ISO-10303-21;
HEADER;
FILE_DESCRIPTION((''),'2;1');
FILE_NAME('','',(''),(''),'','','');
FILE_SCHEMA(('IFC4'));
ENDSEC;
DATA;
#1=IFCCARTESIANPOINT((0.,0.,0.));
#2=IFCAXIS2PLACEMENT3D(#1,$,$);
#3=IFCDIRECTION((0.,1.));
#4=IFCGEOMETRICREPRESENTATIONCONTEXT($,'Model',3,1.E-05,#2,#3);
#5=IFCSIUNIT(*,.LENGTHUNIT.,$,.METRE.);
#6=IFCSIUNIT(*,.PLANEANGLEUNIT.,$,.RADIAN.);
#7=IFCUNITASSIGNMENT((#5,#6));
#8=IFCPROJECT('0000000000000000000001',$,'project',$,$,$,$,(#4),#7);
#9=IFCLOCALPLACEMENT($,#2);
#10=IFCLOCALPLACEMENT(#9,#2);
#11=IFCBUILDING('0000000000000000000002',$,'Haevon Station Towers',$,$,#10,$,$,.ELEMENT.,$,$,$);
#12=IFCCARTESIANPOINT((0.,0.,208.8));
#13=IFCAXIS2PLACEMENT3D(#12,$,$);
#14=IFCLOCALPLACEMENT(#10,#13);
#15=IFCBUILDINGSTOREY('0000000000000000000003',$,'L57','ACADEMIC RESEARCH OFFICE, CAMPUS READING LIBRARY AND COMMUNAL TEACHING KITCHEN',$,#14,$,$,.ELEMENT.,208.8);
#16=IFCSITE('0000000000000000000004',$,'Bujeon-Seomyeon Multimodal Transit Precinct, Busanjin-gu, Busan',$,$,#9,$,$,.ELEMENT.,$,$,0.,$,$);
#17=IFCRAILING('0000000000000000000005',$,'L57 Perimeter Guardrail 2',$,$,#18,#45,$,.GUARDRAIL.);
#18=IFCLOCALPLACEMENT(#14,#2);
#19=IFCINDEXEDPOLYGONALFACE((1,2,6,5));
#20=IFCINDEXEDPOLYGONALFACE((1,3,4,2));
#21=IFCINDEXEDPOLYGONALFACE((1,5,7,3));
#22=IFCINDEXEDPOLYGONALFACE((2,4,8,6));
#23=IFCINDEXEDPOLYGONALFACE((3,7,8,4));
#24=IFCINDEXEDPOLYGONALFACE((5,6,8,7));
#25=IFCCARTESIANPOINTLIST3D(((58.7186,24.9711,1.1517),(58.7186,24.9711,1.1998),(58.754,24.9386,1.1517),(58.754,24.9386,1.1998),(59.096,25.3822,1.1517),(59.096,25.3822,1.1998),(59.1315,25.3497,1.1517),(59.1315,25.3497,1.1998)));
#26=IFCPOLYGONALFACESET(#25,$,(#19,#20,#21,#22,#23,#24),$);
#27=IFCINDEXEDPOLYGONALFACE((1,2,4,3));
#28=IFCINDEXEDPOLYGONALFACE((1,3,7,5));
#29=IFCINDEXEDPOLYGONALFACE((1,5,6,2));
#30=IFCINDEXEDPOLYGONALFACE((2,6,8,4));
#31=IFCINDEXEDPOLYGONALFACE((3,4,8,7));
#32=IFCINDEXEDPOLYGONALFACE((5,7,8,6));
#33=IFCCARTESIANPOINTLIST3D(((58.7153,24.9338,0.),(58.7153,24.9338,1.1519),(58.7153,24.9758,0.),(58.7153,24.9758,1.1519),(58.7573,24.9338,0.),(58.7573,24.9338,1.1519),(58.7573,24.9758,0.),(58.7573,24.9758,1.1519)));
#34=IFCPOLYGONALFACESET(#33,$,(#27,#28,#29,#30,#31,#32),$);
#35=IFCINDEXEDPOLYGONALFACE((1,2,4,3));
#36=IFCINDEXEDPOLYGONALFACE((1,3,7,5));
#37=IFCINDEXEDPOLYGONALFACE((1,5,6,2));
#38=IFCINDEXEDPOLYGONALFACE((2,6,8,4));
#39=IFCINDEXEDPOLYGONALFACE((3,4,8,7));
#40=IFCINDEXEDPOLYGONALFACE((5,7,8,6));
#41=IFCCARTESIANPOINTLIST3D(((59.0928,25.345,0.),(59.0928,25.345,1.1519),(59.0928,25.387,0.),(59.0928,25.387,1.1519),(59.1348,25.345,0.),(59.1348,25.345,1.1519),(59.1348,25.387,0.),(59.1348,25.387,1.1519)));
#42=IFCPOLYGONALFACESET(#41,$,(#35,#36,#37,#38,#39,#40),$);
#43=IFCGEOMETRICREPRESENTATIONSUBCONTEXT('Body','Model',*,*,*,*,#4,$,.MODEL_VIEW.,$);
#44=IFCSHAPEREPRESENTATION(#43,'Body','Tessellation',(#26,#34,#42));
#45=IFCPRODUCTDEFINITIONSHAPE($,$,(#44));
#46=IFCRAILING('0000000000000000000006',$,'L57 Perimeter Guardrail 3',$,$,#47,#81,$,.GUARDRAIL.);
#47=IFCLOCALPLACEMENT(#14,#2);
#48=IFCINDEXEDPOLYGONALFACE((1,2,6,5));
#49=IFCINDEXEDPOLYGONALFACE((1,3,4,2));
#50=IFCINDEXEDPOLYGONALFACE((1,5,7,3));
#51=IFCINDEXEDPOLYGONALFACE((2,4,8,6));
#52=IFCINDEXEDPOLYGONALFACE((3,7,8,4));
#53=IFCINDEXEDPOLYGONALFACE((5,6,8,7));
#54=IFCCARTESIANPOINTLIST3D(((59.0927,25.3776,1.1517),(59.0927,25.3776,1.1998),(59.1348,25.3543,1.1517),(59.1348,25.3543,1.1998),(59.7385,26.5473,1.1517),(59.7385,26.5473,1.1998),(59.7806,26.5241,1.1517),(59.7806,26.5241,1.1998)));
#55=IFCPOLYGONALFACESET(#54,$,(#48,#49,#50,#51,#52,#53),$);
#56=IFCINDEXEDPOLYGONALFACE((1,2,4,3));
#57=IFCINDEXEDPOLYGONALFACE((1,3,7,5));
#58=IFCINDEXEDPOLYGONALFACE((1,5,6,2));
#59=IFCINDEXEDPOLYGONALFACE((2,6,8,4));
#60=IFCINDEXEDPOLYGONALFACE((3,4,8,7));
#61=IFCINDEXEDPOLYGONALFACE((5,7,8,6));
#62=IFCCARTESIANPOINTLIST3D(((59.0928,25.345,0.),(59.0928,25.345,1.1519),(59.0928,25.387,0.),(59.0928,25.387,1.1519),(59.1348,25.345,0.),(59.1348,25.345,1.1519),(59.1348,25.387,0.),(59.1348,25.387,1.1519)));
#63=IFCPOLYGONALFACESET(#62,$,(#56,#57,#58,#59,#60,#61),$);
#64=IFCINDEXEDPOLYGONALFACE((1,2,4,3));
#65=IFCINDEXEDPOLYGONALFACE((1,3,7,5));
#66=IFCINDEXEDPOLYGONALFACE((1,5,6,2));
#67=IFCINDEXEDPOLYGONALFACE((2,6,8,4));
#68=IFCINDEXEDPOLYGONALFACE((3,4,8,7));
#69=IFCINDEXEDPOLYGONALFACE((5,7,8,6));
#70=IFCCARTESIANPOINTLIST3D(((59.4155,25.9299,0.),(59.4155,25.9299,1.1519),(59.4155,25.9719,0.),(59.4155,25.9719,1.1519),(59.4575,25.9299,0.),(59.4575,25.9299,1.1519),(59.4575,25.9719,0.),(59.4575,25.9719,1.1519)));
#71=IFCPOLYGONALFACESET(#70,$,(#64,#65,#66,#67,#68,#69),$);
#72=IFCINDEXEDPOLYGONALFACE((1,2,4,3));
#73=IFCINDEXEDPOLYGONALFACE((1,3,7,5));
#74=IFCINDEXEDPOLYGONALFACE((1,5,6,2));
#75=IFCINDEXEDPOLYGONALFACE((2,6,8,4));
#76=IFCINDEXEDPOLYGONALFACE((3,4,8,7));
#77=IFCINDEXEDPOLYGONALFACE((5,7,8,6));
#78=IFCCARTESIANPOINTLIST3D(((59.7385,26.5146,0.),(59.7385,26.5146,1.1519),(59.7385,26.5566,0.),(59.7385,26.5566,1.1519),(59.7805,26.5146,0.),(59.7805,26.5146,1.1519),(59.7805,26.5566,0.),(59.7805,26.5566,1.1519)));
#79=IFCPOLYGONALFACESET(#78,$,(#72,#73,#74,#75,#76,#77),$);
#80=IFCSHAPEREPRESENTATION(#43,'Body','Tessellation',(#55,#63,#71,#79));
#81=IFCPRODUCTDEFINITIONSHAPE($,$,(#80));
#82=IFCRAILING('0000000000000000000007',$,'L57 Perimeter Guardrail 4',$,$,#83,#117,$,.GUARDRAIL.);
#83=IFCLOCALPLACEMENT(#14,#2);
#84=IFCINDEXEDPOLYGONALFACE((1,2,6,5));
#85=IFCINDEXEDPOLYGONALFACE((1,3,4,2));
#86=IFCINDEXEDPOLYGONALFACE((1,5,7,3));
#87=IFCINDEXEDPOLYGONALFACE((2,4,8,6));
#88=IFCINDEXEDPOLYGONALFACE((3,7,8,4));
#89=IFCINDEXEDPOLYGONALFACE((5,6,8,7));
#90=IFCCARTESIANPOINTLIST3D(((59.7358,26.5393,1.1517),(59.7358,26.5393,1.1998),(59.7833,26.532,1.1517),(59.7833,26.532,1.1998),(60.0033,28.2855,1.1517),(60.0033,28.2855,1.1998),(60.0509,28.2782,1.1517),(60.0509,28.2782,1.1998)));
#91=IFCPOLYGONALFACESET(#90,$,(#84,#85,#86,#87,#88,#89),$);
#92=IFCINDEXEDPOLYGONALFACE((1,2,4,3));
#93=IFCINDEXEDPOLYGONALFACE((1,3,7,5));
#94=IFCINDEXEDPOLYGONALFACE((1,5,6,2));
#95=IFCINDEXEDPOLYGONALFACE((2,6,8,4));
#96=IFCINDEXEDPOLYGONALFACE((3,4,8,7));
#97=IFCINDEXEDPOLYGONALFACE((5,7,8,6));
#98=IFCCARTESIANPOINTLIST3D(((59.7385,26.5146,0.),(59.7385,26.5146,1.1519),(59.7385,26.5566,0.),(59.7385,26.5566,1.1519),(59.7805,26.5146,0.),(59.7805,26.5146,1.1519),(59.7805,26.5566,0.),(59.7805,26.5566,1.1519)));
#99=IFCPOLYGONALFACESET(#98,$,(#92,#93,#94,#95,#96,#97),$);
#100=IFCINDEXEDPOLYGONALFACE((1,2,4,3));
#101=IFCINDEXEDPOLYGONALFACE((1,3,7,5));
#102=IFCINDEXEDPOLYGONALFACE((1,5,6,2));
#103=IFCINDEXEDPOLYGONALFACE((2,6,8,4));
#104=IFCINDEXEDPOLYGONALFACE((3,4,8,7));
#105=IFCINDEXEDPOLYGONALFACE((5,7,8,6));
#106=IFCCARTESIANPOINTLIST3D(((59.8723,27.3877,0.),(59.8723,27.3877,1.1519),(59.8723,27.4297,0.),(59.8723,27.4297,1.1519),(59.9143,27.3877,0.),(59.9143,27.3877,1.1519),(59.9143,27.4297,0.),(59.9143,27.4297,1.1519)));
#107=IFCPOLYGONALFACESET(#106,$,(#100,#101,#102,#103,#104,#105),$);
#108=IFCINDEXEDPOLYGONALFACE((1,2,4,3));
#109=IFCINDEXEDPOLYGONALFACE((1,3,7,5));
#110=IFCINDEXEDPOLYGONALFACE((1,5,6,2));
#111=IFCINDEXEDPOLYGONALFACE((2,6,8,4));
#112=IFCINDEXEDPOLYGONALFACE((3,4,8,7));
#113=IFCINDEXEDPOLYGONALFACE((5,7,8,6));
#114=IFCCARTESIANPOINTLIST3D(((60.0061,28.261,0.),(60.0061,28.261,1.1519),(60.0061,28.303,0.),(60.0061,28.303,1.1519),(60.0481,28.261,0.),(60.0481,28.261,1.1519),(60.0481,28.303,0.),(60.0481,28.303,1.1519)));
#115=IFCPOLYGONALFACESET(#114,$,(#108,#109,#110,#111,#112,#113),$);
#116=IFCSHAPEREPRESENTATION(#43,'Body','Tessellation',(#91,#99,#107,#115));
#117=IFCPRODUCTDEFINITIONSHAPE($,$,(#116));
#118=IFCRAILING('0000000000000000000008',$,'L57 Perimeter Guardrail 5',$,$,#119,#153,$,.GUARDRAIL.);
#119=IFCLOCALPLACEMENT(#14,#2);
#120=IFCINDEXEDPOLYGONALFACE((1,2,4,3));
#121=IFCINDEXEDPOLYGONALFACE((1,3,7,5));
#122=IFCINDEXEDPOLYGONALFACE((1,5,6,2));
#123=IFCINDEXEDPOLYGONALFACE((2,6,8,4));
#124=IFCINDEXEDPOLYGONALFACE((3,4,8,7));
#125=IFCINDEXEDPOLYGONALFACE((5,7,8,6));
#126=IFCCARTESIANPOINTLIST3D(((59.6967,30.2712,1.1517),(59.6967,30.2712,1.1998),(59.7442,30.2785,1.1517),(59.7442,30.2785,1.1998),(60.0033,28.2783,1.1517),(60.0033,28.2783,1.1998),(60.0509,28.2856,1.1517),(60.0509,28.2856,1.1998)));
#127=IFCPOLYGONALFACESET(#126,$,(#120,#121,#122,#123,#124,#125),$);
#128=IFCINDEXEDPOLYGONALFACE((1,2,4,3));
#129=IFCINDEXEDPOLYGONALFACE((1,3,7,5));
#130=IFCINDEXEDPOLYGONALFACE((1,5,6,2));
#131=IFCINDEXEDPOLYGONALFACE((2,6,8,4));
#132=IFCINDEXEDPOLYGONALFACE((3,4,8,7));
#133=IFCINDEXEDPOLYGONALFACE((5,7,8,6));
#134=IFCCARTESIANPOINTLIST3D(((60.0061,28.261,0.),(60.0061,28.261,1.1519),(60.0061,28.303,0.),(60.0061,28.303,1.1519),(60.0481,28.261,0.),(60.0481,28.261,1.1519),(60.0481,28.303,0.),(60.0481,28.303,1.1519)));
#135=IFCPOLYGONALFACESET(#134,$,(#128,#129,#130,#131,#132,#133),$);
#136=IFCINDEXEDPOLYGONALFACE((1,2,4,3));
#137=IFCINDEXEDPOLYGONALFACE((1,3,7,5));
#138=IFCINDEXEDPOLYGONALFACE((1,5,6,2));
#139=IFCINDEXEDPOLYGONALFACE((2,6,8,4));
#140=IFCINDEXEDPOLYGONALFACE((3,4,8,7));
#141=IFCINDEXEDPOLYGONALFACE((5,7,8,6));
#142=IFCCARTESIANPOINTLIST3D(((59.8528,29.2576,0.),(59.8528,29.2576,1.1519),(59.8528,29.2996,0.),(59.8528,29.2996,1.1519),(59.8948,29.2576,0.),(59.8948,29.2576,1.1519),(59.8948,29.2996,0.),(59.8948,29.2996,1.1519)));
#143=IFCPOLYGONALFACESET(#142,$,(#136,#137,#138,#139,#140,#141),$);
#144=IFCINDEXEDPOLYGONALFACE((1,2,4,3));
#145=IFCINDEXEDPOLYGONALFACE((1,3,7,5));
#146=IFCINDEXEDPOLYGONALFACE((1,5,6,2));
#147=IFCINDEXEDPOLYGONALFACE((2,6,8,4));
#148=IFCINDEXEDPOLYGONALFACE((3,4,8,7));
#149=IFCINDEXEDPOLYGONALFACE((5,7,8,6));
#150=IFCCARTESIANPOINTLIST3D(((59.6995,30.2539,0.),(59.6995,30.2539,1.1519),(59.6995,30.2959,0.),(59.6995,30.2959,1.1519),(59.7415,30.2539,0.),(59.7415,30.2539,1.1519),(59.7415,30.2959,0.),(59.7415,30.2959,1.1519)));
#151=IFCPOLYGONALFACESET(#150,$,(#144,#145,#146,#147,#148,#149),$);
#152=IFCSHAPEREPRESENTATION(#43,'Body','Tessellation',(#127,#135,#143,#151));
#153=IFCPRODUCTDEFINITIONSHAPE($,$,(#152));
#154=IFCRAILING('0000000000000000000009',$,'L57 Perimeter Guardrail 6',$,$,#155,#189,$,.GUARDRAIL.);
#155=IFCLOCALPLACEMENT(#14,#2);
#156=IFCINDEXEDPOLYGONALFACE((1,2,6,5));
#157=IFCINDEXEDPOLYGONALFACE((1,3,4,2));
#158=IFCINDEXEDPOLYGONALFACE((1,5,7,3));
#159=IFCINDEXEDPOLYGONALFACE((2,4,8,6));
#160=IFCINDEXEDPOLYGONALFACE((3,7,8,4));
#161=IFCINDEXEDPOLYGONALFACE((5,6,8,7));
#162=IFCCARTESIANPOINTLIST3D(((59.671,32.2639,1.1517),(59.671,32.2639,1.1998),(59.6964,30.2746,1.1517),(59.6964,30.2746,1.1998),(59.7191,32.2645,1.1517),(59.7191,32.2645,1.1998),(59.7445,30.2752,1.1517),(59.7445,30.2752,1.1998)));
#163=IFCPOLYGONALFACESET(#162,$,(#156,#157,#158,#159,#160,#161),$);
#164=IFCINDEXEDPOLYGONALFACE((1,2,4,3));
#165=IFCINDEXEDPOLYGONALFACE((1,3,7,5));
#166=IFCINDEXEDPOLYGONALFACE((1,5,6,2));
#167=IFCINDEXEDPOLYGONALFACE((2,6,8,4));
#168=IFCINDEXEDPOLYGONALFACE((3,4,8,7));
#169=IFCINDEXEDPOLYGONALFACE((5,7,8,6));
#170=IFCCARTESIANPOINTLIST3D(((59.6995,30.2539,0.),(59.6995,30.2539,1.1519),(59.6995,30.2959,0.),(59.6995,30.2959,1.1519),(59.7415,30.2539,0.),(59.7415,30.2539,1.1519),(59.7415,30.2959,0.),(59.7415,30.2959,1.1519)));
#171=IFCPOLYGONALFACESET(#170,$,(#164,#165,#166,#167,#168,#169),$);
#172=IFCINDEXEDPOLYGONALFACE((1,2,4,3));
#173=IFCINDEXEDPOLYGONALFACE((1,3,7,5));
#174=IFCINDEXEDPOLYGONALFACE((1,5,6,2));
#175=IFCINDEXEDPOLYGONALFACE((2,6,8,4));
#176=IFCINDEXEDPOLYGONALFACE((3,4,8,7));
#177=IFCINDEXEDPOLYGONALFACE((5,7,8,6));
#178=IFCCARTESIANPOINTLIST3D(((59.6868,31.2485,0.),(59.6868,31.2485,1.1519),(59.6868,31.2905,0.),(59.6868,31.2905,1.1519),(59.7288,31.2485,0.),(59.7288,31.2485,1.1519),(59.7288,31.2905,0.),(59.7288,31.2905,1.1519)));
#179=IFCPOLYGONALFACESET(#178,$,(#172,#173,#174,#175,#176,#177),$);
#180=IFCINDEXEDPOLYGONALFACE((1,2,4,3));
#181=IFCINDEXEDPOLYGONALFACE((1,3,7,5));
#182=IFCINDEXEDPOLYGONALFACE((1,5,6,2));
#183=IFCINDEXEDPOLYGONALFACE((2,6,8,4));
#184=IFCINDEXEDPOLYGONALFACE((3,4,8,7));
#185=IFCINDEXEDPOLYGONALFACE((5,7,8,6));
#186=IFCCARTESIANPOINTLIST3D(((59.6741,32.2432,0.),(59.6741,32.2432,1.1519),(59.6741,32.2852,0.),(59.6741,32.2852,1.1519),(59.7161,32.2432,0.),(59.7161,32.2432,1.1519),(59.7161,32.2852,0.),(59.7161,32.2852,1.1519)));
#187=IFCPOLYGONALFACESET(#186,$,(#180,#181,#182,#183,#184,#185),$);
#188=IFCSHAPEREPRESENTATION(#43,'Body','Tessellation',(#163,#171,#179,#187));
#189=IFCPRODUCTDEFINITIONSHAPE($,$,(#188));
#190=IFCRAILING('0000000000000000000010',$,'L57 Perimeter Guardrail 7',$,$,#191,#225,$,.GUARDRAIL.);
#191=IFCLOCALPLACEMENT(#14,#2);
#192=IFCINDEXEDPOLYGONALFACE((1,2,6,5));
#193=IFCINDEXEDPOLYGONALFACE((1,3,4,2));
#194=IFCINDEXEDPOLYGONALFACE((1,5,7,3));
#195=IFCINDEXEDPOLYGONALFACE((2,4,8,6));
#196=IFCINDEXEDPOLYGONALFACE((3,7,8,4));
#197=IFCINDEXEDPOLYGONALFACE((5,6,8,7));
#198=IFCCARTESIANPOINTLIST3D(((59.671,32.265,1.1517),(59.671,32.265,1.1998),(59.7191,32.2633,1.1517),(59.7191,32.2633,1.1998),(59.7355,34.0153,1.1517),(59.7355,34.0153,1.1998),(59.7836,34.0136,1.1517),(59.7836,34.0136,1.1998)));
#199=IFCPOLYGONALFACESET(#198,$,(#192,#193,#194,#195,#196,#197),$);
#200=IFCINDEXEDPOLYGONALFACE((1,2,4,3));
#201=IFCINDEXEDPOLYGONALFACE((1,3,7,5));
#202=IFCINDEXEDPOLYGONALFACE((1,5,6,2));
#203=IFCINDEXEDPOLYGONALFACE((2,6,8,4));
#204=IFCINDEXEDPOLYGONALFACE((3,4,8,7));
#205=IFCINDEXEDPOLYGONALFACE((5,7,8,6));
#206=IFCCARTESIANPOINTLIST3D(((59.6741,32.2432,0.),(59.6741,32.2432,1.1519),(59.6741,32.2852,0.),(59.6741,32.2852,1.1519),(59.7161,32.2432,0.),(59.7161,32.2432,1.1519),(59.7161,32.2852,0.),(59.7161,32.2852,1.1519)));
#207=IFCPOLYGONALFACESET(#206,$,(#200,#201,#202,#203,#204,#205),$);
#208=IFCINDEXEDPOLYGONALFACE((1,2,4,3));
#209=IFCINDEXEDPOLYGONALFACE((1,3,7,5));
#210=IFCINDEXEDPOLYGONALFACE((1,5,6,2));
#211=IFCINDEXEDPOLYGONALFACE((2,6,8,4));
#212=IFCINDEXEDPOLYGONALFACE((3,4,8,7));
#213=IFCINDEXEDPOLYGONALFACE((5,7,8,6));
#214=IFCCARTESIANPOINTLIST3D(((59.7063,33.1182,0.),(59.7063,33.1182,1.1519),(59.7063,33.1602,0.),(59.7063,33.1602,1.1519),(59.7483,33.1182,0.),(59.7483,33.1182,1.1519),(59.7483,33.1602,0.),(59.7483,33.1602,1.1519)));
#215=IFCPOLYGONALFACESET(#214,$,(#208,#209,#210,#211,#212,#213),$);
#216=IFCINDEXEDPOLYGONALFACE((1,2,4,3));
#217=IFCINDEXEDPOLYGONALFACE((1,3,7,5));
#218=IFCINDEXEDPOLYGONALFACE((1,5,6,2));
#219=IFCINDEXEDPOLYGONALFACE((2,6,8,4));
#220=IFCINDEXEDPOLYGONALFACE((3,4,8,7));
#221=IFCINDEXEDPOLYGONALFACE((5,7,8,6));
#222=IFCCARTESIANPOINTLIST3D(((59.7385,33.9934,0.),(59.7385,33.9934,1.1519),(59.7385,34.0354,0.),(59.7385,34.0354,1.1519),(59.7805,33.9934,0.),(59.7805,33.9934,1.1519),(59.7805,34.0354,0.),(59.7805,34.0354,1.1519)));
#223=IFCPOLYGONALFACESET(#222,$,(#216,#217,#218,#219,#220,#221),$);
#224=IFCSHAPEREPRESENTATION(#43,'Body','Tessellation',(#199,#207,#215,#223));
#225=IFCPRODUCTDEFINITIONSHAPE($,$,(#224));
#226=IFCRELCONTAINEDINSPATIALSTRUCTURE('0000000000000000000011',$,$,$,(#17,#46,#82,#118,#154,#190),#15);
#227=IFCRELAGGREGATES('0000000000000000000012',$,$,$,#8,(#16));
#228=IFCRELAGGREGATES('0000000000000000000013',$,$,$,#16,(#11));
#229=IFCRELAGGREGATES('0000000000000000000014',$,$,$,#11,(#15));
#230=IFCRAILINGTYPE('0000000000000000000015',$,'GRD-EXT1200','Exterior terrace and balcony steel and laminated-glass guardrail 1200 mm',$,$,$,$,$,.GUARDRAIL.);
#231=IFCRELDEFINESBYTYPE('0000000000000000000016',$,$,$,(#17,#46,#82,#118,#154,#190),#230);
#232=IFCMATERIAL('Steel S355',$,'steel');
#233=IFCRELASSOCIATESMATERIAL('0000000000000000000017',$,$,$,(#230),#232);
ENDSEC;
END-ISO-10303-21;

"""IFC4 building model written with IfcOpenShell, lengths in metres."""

from ifc_helpers import new_model, si_unit, direction, frame, origin, origin_2d, place, context, subcontext, project, spatial, rectangle, extrude, material, type_object, element, save


model = new_model("IFC4")

# Units and contexts
model_context = context("Model", 3, precision=1e-05, world=origin(), true_north=direction((0.0, 1.0)))
body_context = subcontext(model_context, "Body", "Model", "MODEL_VIEW")
ifc_project = project(units=[si_unit("LENGTHUNIT", "METRE"), si_unit("PLANEANGLEUNIT", "RADIAN")], contexts=[model_context])

# Site, building, storey
site_placement = place(None, origin())
site = spatial("IfcSite", under=ifc_project, at=site_placement, Name="Bujeon-Seomyeon Multimodal Transit Precinct, Busanjin-gu, Busan", CompositionType="ELEMENT", RefElevation=0.0)
building_placement = place(site_placement, origin())
building = spatial("IfcBuilding", under=site, at=building_placement, Name="Haevon Station Towers", CompositionType="ELEMENT")
storey_placement = place(building_placement, frame((0.0, 0.0, 208.8)))
storey = spatial("IfcBuildingStorey", under=building, at=storey_placement, Name="L57", Description="ACADEMIC RESEARCH OFFICE, CAMPUS READING LIBRARY AND COMMUNAL TEACHING KITCHEN", CompositionType="ELEMENT", Elevation=208.8)

# Shared definitions
ifc_material_1 = material(Name="Steel S355", Category="steel")

# Railings
railing_type = type_object("IfcRailingType", Name="GRD-EXT1200", Description="Exterior terrace and balcony steel and laminated-glass guardrail 1200 mm", PredefinedType="GUARDRAIL", material=ifc_material_1)
railing_1_placement = place(storey_placement, frame((58.7363, 24.9548, 0.0)))
element("IfcRailing", 1, at=railing_1_placement, inside=storey, type_object=railing_type, Name="L57 Perimeter Guardrail 2", PredefinedType="GUARDRAIL", context=body_context, shape_type="SweptSolid", body=[
    extrude(rectangle(XDim=0.0481, YDim=0.0481, at=origin_2d()), frame((0.0, 0.0, 1.1758), z_axis=(0.676279, 0.736646, 0.0), x_axis=(-0.736646, 0.676279, 0.0)), (0.0, 0.0, 1.0), 0.5581),
    extrude(rectangle(XDim=0.042, YDim=0.042, at=origin_2d()), origin(), (0.0, 0.0, 1.0), 1.1519),
    extrude(rectangle(XDim=0.042, YDim=0.042, at=origin_2d()), frame((0.3774, 0.4111, 0.0)), (0.0, 0.0, 1.0), 1.1519),
])
railing_2_placement = place(storey_placement, frame((59.1138, 25.366, 0.0)))
element("IfcRailing", 2, at=railing_2_placement, inside=storey, type_object=railing_type, Name="L57 Perimeter Guardrail 3", PredefinedType="GUARDRAIL", context=body_context, shape_type="SweptSolid", body=[
    extrude(rectangle(XDim=0.0481, YDim=0.0481, at=origin_2d()), frame((0.0, 0.0, 1.1758), z_axis=(0.483314, 0.875447, 0.0), x_axis=(-0.875447, 0.483314, 0.0)), (0.0, 0.0, 1.0), 1.3362),
    extrude(rectangle(XDim=0.042, YDim=0.042, at=origin_2d()), origin(), (0.0, 0.0, 1.0), 1.1519),
    extrude(rectangle(XDim=0.042, YDim=0.042, at=origin_2d()), frame((0.3228, 0.585, 0.0)), (0.0, 0.0, 1.0), 1.1519),
    extrude(rectangle(XDim=0.042, YDim=0.042, at=origin_2d()), frame((0.6458, 1.1697, 0.0)), (0.0, 0.0, 1.0), 1.1519),
])
railing_3_placement = place(storey_placement, frame((59.7595, 26.5356, 0.0)))
element("IfcRailing", 3, at=railing_3_placement, inside=storey, type_object=railing_type, Name="L57 Perimeter Guardrail 4", PredefinedType="GUARDRAIL", context=body_context, shape_type="SweptSolid", body=[
    extrude(rectangle(XDim=0.0481, YDim=0.0481, at=origin_2d()), frame((0.0, 0.0, 1.1758), z_axis=(0.151455, 0.988464, 0.0), x_axis=(-0.988464, 0.151455, 0.0)), (0.0, 0.0, 1.0), 1.7666),
    extrude(rectangle(XDim=0.042, YDim=0.042, at=origin_2d()), origin(), (0.0, 0.0, 1.0), 1.1519),
    extrude(rectangle(XDim=0.042, YDim=0.042, at=origin_2d()), frame((0.1338, 0.873, 0.0)), (0.0, 0.0, 1.0), 1.1519),
    extrude(rectangle(XDim=0.042, YDim=0.042, at=origin_2d()), frame((0.2676, 1.7463, 0.0)), (0.0, 0.0, 1.0), 1.1519),
])
railing_4_placement = place(storey_placement, frame((60.0271, 28.282, 0.0)))
element("IfcRailing", 4, at=railing_4_placement, inside=storey, type_object=railing_type, Name="L57 Perimeter Guardrail 5", PredefinedType="GUARDRAIL", context=body_context, shape_type="SweptSolid", body=[
    extrude(rectangle(XDim=0.0481, YDim=0.0481, at=origin_2d()), frame((0.0, 0.0, 1.1758), z_axis=(-0.152075, 0.988369, 0.0), x_axis=(-0.988369, -0.152075, 0.0)), (0.0, 0.0, 1.0), 2.0164),
    extrude(rectangle(XDim=0.042, YDim=0.042, at=origin_2d()), origin(), (0.0, 0.0, 1.0), 1.1519),
    extrude(rectangle(XDim=0.042, YDim=0.042, at=origin_2d()), frame((-0.1533, 0.9966, 0.0)), (0.0, 0.0, 1.0), 1.1519),
    extrude(rectangle(XDim=0.042, YDim=0.042, at=origin_2d()), frame((-0.3066, 1.9929, 0.0)), (0.0, 0.0, 1.0), 1.1519),
])
railing_5_placement = place(storey_placement, frame((59.7205, 30.2749, 0.0)))
element("IfcRailing", 5, at=railing_5_placement, inside=storey, type_object=railing_type, Name="L57 Perimeter Guardrail 6", PredefinedType="GUARDRAIL", context=body_context, shape_type="SweptSolid", body=[
    extrude(rectangle(XDim=0.0481, YDim=0.0481, at=origin_2d()), frame((0.0, 0.0, 1.1758), z_axis=(-0.012763, 0.999919, 0.0), x_axis=(-0.999919, -0.012763, 0.0)), (0.0, 0.0, 1.0), 1.9895),
    extrude(rectangle(XDim=0.042, YDim=0.042, at=origin_2d()), origin(), (0.0, 0.0, 1.0), 1.1519),
    extrude(rectangle(XDim=0.042, YDim=0.042, at=origin_2d()), frame((-0.0127, 0.9946, 0.0)), (0.0, 0.0, 1.0), 1.1519),
    extrude(rectangle(XDim=0.042, YDim=0.042, at=origin_2d()), frame((-0.0254, 1.9893, 0.0)), (0.0, 0.0, 1.0), 1.1519),
])
railing_6_placement = place(storey_placement, frame((59.6951, 32.2642, 0.0)))
element("IfcRailing", 6, at=railing_6_placement, inside=storey, type_object=railing_type, Name="L57 Perimeter Guardrail 7", PredefinedType="GUARDRAIL", context=body_context, shape_type="SweptSolid", body=[
    extrude(rectangle(XDim=0.0481, YDim=0.0481, at=origin_2d()), frame((0.0, 0.0, 1.1758), z_axis=(0.0368, 0.999323, 0.0), x_axis=(-0.999323, 0.0368, 0.0)), (0.0, 0.0, 1.0), 1.7515),
    extrude(rectangle(XDim=0.042, YDim=0.042, at=origin_2d()), origin(), (0.0, 0.0, 1.0), 1.1519),
    extrude(rectangle(XDim=0.042, YDim=0.042, at=origin_2d()), frame((0.0322, 0.875, 0.0)), (0.0, 0.0, 1.0), 1.1519),
    extrude(rectangle(XDim=0.042, YDim=0.042, at=origin_2d()), frame((0.0645, 1.7502, 0.0)), (0.0, 0.0, 1.0), 1.1519),
])

save(model, "model.ifc")
